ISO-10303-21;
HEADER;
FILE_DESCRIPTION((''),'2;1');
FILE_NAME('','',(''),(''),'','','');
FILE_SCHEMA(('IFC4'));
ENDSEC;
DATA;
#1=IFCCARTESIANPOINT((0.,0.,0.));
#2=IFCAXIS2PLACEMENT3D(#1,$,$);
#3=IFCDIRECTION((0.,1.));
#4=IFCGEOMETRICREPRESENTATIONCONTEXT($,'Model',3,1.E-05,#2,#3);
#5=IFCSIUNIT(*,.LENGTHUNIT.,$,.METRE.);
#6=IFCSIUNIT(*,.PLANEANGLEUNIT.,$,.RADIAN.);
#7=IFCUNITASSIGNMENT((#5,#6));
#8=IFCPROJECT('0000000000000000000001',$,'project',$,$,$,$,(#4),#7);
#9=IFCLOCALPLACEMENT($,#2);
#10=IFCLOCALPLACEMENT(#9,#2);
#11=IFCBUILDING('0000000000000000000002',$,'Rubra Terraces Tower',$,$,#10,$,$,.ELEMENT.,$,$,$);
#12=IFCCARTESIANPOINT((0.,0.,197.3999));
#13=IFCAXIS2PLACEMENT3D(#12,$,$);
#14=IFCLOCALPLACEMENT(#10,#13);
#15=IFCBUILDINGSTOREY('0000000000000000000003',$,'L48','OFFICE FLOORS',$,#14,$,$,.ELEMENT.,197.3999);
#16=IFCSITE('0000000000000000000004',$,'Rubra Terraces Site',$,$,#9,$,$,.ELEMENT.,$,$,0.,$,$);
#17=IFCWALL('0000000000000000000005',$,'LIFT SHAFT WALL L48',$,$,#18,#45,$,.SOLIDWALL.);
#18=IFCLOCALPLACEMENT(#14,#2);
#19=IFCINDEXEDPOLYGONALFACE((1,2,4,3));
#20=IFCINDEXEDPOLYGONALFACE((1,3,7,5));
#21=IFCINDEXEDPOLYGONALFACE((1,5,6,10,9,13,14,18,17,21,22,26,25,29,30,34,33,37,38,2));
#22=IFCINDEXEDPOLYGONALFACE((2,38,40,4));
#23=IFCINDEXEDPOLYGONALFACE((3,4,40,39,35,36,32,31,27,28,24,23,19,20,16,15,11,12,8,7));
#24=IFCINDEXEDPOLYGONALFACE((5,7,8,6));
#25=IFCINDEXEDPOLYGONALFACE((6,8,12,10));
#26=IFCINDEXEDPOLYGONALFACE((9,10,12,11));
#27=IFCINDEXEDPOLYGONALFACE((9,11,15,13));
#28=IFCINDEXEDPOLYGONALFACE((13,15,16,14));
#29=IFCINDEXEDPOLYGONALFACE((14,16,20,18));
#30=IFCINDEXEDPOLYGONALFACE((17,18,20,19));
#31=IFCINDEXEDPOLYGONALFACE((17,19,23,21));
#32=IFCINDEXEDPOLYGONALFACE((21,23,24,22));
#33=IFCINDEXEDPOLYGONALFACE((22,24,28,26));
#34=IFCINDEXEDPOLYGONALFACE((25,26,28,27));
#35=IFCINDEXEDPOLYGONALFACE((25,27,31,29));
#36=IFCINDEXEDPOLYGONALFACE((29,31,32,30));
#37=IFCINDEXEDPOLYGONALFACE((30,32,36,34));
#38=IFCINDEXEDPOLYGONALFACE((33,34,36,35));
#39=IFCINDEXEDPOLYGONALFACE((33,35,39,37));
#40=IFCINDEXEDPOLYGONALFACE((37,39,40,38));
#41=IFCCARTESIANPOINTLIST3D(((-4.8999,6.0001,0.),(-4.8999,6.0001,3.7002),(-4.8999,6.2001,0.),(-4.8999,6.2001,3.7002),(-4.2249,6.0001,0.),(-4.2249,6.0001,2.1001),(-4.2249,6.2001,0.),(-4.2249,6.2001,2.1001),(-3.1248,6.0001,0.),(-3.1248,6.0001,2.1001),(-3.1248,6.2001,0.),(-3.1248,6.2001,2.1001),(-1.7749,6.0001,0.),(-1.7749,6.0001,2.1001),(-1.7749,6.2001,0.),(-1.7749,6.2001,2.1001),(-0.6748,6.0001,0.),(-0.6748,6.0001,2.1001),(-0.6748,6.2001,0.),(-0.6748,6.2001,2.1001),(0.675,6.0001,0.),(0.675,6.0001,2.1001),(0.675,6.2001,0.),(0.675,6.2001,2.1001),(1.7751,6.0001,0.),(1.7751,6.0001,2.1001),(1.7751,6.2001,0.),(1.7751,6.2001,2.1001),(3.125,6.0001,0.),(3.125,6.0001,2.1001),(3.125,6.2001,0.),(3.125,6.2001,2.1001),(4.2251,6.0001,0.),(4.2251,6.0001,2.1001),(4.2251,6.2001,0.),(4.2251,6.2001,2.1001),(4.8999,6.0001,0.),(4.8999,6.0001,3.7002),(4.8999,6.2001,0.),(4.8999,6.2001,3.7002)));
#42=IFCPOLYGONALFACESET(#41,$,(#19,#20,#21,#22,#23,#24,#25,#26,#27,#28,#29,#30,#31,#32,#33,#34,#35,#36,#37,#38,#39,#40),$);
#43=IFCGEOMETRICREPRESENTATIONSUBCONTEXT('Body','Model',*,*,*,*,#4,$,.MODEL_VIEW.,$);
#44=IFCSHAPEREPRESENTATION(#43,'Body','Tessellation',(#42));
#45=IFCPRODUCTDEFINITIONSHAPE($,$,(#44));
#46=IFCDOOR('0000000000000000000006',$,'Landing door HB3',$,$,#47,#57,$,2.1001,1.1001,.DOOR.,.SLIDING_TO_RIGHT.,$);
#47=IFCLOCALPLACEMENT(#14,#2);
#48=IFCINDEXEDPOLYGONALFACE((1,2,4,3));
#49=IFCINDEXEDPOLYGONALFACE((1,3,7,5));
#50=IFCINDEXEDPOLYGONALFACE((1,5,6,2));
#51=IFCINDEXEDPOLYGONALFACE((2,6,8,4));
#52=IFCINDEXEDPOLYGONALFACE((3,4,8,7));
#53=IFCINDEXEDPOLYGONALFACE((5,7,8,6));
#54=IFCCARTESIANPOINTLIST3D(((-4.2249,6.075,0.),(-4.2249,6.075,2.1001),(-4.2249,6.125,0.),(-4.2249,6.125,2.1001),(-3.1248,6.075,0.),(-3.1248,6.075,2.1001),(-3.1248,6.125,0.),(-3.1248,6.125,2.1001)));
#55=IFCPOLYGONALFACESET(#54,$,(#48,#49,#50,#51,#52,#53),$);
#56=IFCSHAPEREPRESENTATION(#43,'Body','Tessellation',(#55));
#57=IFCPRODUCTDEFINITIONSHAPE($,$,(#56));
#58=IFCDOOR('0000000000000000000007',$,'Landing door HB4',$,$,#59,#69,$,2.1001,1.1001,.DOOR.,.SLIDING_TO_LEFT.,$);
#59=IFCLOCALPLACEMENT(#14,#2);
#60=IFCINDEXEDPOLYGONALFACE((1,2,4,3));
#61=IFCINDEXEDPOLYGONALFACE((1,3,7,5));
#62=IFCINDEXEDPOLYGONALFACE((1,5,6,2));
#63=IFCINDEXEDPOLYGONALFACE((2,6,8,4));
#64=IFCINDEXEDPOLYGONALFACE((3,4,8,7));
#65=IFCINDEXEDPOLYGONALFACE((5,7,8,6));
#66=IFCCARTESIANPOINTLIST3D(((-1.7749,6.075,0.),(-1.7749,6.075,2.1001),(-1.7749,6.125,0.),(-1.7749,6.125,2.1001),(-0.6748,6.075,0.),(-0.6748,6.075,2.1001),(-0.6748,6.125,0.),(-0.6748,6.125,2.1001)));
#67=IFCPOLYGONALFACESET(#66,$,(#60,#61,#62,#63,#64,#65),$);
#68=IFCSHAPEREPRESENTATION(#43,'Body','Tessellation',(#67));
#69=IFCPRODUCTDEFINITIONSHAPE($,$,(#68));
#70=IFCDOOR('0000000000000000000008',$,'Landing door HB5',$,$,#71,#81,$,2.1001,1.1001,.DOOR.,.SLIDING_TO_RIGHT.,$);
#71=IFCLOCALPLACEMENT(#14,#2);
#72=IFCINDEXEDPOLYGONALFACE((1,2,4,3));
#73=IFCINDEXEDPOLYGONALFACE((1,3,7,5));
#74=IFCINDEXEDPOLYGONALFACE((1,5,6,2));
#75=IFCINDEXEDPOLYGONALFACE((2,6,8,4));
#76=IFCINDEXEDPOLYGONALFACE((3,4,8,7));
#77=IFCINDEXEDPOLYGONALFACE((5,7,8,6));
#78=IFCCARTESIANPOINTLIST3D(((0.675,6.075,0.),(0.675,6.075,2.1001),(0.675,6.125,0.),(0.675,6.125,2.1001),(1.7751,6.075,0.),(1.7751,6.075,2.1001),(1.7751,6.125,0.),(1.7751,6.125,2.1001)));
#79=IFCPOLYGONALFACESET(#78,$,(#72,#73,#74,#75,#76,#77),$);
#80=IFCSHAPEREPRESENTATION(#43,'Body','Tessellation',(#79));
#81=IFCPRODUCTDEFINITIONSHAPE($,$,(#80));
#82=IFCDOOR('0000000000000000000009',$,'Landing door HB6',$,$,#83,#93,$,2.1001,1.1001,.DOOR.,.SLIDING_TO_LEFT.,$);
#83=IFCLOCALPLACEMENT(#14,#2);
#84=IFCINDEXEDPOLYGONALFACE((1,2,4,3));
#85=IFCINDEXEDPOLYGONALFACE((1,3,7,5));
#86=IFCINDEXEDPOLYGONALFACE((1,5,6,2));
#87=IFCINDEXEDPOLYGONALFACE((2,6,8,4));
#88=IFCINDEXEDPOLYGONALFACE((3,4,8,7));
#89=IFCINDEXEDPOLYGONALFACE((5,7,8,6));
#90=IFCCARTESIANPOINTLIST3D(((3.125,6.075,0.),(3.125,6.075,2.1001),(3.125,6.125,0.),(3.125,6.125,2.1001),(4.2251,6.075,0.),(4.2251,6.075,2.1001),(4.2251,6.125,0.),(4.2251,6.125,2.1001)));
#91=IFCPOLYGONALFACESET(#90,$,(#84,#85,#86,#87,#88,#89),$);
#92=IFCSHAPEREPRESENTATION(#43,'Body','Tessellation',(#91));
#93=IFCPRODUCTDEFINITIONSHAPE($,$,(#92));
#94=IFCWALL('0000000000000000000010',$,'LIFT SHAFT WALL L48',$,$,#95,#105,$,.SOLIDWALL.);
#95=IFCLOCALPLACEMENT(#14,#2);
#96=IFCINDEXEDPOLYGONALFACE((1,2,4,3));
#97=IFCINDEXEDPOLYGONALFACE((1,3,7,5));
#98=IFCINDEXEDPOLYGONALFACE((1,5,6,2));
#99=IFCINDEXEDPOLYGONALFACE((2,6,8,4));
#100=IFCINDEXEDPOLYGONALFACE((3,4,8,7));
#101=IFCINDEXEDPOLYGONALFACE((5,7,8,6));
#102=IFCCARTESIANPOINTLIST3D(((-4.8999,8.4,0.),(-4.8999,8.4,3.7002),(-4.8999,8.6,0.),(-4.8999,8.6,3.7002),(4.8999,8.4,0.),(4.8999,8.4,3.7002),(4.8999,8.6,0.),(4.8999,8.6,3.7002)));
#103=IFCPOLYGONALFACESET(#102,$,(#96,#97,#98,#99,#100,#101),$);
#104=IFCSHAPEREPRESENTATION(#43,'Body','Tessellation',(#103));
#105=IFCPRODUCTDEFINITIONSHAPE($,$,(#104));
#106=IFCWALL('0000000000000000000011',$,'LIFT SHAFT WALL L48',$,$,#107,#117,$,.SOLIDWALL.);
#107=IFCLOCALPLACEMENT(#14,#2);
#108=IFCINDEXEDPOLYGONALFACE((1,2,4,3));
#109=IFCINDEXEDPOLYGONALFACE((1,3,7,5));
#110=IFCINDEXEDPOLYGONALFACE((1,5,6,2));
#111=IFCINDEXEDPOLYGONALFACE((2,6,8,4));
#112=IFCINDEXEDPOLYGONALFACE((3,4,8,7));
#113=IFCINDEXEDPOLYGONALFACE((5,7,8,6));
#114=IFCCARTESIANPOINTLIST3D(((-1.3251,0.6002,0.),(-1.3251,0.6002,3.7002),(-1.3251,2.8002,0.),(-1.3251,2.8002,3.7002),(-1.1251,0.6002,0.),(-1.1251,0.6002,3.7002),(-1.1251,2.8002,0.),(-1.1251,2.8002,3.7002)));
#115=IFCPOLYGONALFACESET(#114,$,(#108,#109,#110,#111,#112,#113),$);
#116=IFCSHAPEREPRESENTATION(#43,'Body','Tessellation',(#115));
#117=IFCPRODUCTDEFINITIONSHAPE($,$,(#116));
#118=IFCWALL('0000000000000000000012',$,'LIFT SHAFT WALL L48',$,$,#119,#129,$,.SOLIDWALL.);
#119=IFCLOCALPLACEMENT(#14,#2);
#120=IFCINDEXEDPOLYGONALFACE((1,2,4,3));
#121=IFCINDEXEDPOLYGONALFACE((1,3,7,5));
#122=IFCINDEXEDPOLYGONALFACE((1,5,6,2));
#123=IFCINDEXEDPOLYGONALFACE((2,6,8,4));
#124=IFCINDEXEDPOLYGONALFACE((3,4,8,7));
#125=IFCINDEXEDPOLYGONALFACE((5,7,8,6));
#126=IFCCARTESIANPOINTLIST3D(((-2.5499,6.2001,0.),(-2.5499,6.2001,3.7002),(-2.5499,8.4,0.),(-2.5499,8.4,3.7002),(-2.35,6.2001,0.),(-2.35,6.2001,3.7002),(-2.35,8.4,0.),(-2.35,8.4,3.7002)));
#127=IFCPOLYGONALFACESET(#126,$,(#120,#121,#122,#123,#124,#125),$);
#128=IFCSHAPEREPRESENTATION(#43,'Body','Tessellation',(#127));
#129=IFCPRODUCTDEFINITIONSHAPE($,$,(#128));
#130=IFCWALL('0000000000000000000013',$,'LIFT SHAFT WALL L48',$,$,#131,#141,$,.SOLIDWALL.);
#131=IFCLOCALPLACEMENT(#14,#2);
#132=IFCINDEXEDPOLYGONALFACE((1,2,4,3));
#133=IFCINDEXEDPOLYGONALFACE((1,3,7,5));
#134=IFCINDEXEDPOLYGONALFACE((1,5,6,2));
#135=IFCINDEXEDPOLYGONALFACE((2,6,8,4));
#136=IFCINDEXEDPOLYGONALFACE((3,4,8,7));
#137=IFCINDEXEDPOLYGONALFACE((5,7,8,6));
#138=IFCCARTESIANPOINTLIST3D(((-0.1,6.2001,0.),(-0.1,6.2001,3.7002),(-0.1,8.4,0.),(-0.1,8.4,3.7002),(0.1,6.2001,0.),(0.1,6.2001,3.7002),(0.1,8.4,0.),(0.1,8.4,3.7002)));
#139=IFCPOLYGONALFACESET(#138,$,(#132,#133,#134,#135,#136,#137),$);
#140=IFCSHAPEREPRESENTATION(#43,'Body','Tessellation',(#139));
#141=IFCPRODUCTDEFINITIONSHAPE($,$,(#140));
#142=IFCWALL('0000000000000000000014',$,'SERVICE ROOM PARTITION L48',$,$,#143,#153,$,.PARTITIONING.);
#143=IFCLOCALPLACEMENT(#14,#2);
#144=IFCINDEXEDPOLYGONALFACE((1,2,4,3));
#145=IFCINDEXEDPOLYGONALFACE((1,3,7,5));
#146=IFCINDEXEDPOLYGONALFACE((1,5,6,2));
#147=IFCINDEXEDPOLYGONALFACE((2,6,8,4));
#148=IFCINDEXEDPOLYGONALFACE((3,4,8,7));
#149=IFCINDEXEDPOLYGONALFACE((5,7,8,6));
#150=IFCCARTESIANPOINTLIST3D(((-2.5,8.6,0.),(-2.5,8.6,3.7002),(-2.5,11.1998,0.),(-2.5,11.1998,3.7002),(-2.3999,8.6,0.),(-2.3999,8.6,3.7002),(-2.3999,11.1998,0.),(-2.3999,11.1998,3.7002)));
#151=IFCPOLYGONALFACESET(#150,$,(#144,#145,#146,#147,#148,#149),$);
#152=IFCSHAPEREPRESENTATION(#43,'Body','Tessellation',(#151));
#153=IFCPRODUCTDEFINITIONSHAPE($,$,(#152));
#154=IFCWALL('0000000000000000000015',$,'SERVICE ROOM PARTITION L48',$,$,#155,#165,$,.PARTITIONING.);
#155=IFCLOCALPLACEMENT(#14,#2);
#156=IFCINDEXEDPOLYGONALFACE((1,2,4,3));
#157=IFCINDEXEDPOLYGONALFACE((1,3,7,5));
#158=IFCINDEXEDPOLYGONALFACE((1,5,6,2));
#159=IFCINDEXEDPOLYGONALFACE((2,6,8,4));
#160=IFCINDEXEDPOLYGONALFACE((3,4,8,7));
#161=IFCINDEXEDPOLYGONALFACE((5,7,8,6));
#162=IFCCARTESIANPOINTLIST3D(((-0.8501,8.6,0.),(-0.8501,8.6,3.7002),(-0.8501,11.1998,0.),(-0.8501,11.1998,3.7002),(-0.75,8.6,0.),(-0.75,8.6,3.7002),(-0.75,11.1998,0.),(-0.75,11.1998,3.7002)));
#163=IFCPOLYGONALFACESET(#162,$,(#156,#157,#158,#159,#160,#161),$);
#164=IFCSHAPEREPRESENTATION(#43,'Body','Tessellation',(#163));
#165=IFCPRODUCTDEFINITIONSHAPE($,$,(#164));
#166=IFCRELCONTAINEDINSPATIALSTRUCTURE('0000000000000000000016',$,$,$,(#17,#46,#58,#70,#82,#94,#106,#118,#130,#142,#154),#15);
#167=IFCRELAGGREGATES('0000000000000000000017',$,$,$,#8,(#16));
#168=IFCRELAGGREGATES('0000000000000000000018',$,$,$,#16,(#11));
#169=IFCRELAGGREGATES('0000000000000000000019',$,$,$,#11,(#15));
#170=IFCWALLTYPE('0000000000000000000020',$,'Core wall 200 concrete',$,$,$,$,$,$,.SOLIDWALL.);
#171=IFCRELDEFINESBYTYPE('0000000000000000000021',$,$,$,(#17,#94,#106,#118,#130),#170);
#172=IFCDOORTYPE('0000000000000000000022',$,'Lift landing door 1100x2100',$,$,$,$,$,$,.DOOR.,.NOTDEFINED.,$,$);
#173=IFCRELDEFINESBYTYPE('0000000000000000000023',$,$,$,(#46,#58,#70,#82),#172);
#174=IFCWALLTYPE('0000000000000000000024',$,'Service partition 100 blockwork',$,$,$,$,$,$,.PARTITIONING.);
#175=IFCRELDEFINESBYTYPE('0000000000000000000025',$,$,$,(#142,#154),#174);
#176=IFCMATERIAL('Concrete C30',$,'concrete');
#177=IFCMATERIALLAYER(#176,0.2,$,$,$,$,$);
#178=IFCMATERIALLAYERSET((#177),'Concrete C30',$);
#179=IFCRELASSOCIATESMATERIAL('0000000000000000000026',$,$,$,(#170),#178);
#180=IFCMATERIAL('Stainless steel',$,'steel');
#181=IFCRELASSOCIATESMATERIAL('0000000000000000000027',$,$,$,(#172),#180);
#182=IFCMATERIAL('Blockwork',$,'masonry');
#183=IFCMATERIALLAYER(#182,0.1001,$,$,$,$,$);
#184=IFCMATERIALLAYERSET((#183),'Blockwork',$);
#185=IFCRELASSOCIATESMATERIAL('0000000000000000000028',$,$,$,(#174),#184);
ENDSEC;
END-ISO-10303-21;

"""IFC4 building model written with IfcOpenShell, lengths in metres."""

from ifc_helpers import new_model, si_unit, direction, frame, frame_2d, origin, place, context, subcontext, project, spatial, rectangle, extrude, material, layer, layer_set, type_object, element, fill, save


model = new_model("IFC4")

# Units and contexts
model_context = context("Model", 3, precision=1e-05, world=origin(), true_north=direction((0.0, 1.0)))
body_context = subcontext(model_context, "Body", "Model", "MODEL_VIEW")
ifc_project = project(units=[si_unit("LENGTHUNIT", "METRE"), si_unit("PLANEANGLEUNIT", "RADIAN")], contexts=[model_context])

# Site, building, storey
site_placement = place(None, origin())
site = spatial("IfcSite", under=ifc_project, at=site_placement, Name="Rubra Terraces Site", CompositionType="ELEMENT", RefElevation=0.0)
building_placement = place(site_placement, origin())
building = spatial("IfcBuilding", under=site, at=building_placement, Name="Rubra Terraces Tower", CompositionType="ELEMENT")
storey_placement = place(building_placement, frame((0.0, 0.0, 197.3999)))
storey = spatial("IfcBuildingStorey", under=building, at=storey_placement, Name="L48", Description="OFFICE FLOORS", CompositionType="ELEMENT", Elevation=197.3999)

# Wall, openings, doors
ifc_material_1 = material(Name="Concrete C30", Category="concrete")
ifc_layer_1 = layer(ifc_material_1, 0.2)
ifc_layer_set_1 = layer_set([ifc_layer_1], Name="Concrete C30")
wall_type_1 = type_object("IfcWallType", Name="Core wall 200 concrete", PredefinedType="SOLIDWALL", material=ifc_layer_set_1)
ifc_material_2 = material(Name="Stainless steel", Category="steel")
door_type_1 = type_object("IfcDoorType", Name="Lift landing door 1100x2100", OperationType="NOTDEFINED", PredefinedType="DOOR", material=ifc_material_2)
wall_1_placement = place(storey_placement, frame((-4.8999, 6.1001, 0.0), z_axis=(0.0, 0.0, 1.0), x_axis=(1.0, 0.0, 0.0)))
wall_1 = element("IfcWall", 1, at=wall_1_placement, inside=storey, type_object=wall_type_1, Name="LIFT SHAFT WALL L48", PredefinedType="SOLIDWALL", context=body_context, shape_type="SweptSolid", body=[
    extrude(rectangle(XDim=9.7998, YDim=0.2, at=frame_2d((4.8999, 0.0))), origin(), (0.0, 0.0, 1.0), 3.7002),
])
opening_1_placement = place(wall_1_placement, frame((0.675, 0.0, 0.0)))
opening_1 = element("IfcOpeningElement", 2, at=opening_1_placement, cuts=wall_1, PredefinedType="OPENING", context=body_context, shape_type="SweptSolid", body=[
    extrude(rectangle(XDim=1.1001, YDim=2.1001, at=frame_2d((0.55, 1.05))), frame((0.0, 0.1099, 0.0), z_axis=(0.0, -1.0, 0.0), x_axis=(1.0, 0.0, 0.0)), (0.0, 0.0, 1.0), 0.22),
])
opening_2_placement = place(wall_1_placement, frame((3.125, 0.0, 0.0)))
opening_2 = element("IfcOpeningElement", 3, at=opening_2_placement, cuts=wall_1, PredefinedType="OPENING", context=body_context, shape_type="SweptSolid", body=[
    extrude(rectangle(XDim=1.1001, YDim=2.1001, at=frame_2d((0.55, 1.05))), frame((0.0, 0.1099, 0.0), z_axis=(0.0, -1.0, 0.0), x_axis=(1.0, 0.0, 0.0)), (0.0, 0.0, 1.0), 0.22),
])
opening_3_placement = place(wall_1_placement, frame((5.575, 0.0, 0.0)))
opening_3 = element("IfcOpeningElement", 4, at=opening_3_placement, cuts=wall_1, PredefinedType="OPENING", context=body_context, shape_type="SweptSolid", body=[
    extrude(rectangle(XDim=1.1001, YDim=2.1001, at=frame_2d((0.55, 1.05))), frame((0.0, 0.1099, 0.0), z_axis=(0.0, -1.0, 0.0), x_axis=(1.0, 0.0, 0.0)), (0.0, 0.0, 1.0), 0.22),
])
opening_4_placement = place(wall_1_placement, frame((8.0249, 0.0, 0.0)))
opening_4 = element("IfcOpeningElement", 5, at=opening_4_placement, cuts=wall_1, PredefinedType="OPENING", context=body_context, shape_type="SweptSolid", body=[
    extrude(rectangle(XDim=1.1001, YDim=2.1001, at=frame_2d((0.55, 1.05))), frame((0.0, 0.1099, 0.0), z_axis=(0.0, -1.0, 0.0), x_axis=(1.0, 0.0, 0.0)), (0.0, 0.0, 1.0), 0.22),
])
door_1_placement = place(opening_1_placement, origin())
door_1 = element("IfcDoor", 6, at=door_1_placement, inside=storey, type_object=door_type_1, Name="Landing door HB3", OperationType="SLIDING_TO_RIGHT", OverallHeight=2.1001, OverallWidth=1.1001, PredefinedType="DOOR", context=body_context, shape_type="SweptSolid", body=[
    extrude(rectangle(XDim=1.1001, YDim=2.1001, at=frame_2d((0.55, 1.05))), frame((0.0, 0.0249, 0.0), z_axis=(0.0, -1.0, 0.0), x_axis=(1.0, 0.0, 0.0)), (0.0, 0.0, 1.0), 0.05),
])
fill(opening_1, door_1)
door_2_placement = place(opening_2_placement, origin())
door_2 = element("IfcDoor", 7, at=door_2_placement, inside=storey, type_object=door_type_1, Name="Landing door HB4", OperationType="SLIDING_TO_LEFT", OverallHeight=2.1001, OverallWidth=1.1001, PredefinedType="DOOR", context=body_context, shape_type="SweptSolid", body=[
    extrude(rectangle(XDim=1.1001, YDim=2.1001, at=frame_2d((0.55, 1.05))), frame((0.0, 0.0249, 0.0), z_axis=(0.0, -1.0, 0.0), x_axis=(1.0, 0.0, 0.0)), (0.0, 0.0, 1.0), 0.05),
])
fill(opening_2, door_2)
door_3_placement = place(opening_3_placement, origin())
door_3 = element("IfcDoor", 8, at=door_3_placement, inside=storey, type_object=door_type_1, Name="Landing door HB5", OperationType="SLIDING_TO_RIGHT", OverallHeight=2.1001, OverallWidth=1.1001, PredefinedType="DOOR", context=body_context, shape_type="SweptSolid", body=[
    extrude(rectangle(XDim=1.1001, YDim=2.1001, at=frame_2d((0.55, 1.05))), frame((0.0, 0.0249, 0.0), z_axis=(0.0, -1.0, 0.0), x_axis=(1.0, 0.0, 0.0)), (0.0, 0.0, 1.0), 0.05),
])
fill(opening_3, door_3)
door_4_placement = place(opening_4_placement, origin())
door_4 = element("IfcDoor", 9, at=door_4_placement, inside=storey, type_object=door_type_1, Name="Landing door HB6", OperationType="SLIDING_TO_LEFT", OverallHeight=2.1001, OverallWidth=1.1001, PredefinedType="DOOR", context=body_context, shape_type="SweptSolid", body=[
    extrude(rectangle(XDim=1.1001, YDim=2.1001, at=frame_2d((0.55, 1.05))), frame((0.0, 0.0249, 0.0), z_axis=(0.0, -1.0, 0.0), x_axis=(1.0, 0.0, 0.0)), (0.0, 0.0, 1.0), 0.05),
])
fill(opening_4, door_4)

# Walls
wall_2_placement = place(storey_placement, frame((-4.8999, 8.5, 0.0), z_axis=(0.0, 0.0, 1.0), x_axis=(1.0, 0.0, 0.0)))
element("IfcWall", 10, at=wall_2_placement, inside=storey, type_object=wall_type_1, Name="LIFT SHAFT WALL L48", PredefinedType="SOLIDWALL", context=body_context, shape_type="SweptSolid", body=[
    extrude(rectangle(XDim=9.7998, YDim=0.2, at=frame_2d((4.8999, 0.0))), origin(), (0.0, 0.0, 1.0), 3.7002),
])
for number, where, z_axis, x_axis, name in (
    (11, (-1.2251, 0.6001, 0.0), (0.0, 0.0, 1.0), (0.0, 1.0, 0.0), "LIFT SHAFT WALL L48"),
    (12, (-2.45, 6.2, 0.0), (0.0, 0.0, 1.0), (0.0, 1.0, 0.0), "LIFT SHAFT WALL L48"),
    (13, (0.0, 6.2, 0.0), (0.0, 0.0, 1.0), (0.0, 1.0, 0.0), "LIFT SHAFT WALL L48"),
):
    element("IfcWall", number, at=place(storey_placement, frame(where, z_axis=z_axis, x_axis=x_axis)), inside=storey, type_object=wall_type_1, Name=name, PredefinedType="SOLIDWALL", context=body_context, shape_type="SweptSolid", body=[
        extrude(rectangle(XDim=2.2, YDim=0.2, at=frame_2d((1.1001, 0.0))), origin(), (0.0, 0.0, 1.0), 3.7002),
    ])
ifc_material_3 = material(Name="Blockwork", Category="masonry")
ifc_layer_2 = layer(ifc_material_3, 0.1001)
ifc_layer_set_2 = layer_set([ifc_layer_2], Name="Blockwork")
wall_type_2 = type_object("IfcWallType", Name="Service partition 100 blockwork", PredefinedType="PARTITIONING", material=ifc_layer_set_2)
for number, where, z_axis, x_axis, name in (
    (14, (-2.45, 8.6001, 0.0), (0.0, 0.0, 1.0), (0.0, 1.0, 0.0), "SERVICE ROOM PARTITION L48"),
    (15, (-0.8, 8.6001, 0.0), (0.0, 0.0, 1.0), (0.0, 1.0, 0.0), "SERVICE ROOM PARTITION L48"),
):
    element("IfcWall", number, at=place(storey_placement, frame(where, z_axis=z_axis, x_axis=x_axis)), inside=storey, type_object=wall_type_2, Name=name, PredefinedType="PARTITIONING", context=body_context, shape_type="SweptSolid", body=[
        extrude(rectangle(XDim=2.5999, YDim=0.1001, at=frame_2d((1.2998, 0.0))), origin(), (0.0, 0.0, 1.0), 3.7002),
    ])

save(model, "model.ifc")
